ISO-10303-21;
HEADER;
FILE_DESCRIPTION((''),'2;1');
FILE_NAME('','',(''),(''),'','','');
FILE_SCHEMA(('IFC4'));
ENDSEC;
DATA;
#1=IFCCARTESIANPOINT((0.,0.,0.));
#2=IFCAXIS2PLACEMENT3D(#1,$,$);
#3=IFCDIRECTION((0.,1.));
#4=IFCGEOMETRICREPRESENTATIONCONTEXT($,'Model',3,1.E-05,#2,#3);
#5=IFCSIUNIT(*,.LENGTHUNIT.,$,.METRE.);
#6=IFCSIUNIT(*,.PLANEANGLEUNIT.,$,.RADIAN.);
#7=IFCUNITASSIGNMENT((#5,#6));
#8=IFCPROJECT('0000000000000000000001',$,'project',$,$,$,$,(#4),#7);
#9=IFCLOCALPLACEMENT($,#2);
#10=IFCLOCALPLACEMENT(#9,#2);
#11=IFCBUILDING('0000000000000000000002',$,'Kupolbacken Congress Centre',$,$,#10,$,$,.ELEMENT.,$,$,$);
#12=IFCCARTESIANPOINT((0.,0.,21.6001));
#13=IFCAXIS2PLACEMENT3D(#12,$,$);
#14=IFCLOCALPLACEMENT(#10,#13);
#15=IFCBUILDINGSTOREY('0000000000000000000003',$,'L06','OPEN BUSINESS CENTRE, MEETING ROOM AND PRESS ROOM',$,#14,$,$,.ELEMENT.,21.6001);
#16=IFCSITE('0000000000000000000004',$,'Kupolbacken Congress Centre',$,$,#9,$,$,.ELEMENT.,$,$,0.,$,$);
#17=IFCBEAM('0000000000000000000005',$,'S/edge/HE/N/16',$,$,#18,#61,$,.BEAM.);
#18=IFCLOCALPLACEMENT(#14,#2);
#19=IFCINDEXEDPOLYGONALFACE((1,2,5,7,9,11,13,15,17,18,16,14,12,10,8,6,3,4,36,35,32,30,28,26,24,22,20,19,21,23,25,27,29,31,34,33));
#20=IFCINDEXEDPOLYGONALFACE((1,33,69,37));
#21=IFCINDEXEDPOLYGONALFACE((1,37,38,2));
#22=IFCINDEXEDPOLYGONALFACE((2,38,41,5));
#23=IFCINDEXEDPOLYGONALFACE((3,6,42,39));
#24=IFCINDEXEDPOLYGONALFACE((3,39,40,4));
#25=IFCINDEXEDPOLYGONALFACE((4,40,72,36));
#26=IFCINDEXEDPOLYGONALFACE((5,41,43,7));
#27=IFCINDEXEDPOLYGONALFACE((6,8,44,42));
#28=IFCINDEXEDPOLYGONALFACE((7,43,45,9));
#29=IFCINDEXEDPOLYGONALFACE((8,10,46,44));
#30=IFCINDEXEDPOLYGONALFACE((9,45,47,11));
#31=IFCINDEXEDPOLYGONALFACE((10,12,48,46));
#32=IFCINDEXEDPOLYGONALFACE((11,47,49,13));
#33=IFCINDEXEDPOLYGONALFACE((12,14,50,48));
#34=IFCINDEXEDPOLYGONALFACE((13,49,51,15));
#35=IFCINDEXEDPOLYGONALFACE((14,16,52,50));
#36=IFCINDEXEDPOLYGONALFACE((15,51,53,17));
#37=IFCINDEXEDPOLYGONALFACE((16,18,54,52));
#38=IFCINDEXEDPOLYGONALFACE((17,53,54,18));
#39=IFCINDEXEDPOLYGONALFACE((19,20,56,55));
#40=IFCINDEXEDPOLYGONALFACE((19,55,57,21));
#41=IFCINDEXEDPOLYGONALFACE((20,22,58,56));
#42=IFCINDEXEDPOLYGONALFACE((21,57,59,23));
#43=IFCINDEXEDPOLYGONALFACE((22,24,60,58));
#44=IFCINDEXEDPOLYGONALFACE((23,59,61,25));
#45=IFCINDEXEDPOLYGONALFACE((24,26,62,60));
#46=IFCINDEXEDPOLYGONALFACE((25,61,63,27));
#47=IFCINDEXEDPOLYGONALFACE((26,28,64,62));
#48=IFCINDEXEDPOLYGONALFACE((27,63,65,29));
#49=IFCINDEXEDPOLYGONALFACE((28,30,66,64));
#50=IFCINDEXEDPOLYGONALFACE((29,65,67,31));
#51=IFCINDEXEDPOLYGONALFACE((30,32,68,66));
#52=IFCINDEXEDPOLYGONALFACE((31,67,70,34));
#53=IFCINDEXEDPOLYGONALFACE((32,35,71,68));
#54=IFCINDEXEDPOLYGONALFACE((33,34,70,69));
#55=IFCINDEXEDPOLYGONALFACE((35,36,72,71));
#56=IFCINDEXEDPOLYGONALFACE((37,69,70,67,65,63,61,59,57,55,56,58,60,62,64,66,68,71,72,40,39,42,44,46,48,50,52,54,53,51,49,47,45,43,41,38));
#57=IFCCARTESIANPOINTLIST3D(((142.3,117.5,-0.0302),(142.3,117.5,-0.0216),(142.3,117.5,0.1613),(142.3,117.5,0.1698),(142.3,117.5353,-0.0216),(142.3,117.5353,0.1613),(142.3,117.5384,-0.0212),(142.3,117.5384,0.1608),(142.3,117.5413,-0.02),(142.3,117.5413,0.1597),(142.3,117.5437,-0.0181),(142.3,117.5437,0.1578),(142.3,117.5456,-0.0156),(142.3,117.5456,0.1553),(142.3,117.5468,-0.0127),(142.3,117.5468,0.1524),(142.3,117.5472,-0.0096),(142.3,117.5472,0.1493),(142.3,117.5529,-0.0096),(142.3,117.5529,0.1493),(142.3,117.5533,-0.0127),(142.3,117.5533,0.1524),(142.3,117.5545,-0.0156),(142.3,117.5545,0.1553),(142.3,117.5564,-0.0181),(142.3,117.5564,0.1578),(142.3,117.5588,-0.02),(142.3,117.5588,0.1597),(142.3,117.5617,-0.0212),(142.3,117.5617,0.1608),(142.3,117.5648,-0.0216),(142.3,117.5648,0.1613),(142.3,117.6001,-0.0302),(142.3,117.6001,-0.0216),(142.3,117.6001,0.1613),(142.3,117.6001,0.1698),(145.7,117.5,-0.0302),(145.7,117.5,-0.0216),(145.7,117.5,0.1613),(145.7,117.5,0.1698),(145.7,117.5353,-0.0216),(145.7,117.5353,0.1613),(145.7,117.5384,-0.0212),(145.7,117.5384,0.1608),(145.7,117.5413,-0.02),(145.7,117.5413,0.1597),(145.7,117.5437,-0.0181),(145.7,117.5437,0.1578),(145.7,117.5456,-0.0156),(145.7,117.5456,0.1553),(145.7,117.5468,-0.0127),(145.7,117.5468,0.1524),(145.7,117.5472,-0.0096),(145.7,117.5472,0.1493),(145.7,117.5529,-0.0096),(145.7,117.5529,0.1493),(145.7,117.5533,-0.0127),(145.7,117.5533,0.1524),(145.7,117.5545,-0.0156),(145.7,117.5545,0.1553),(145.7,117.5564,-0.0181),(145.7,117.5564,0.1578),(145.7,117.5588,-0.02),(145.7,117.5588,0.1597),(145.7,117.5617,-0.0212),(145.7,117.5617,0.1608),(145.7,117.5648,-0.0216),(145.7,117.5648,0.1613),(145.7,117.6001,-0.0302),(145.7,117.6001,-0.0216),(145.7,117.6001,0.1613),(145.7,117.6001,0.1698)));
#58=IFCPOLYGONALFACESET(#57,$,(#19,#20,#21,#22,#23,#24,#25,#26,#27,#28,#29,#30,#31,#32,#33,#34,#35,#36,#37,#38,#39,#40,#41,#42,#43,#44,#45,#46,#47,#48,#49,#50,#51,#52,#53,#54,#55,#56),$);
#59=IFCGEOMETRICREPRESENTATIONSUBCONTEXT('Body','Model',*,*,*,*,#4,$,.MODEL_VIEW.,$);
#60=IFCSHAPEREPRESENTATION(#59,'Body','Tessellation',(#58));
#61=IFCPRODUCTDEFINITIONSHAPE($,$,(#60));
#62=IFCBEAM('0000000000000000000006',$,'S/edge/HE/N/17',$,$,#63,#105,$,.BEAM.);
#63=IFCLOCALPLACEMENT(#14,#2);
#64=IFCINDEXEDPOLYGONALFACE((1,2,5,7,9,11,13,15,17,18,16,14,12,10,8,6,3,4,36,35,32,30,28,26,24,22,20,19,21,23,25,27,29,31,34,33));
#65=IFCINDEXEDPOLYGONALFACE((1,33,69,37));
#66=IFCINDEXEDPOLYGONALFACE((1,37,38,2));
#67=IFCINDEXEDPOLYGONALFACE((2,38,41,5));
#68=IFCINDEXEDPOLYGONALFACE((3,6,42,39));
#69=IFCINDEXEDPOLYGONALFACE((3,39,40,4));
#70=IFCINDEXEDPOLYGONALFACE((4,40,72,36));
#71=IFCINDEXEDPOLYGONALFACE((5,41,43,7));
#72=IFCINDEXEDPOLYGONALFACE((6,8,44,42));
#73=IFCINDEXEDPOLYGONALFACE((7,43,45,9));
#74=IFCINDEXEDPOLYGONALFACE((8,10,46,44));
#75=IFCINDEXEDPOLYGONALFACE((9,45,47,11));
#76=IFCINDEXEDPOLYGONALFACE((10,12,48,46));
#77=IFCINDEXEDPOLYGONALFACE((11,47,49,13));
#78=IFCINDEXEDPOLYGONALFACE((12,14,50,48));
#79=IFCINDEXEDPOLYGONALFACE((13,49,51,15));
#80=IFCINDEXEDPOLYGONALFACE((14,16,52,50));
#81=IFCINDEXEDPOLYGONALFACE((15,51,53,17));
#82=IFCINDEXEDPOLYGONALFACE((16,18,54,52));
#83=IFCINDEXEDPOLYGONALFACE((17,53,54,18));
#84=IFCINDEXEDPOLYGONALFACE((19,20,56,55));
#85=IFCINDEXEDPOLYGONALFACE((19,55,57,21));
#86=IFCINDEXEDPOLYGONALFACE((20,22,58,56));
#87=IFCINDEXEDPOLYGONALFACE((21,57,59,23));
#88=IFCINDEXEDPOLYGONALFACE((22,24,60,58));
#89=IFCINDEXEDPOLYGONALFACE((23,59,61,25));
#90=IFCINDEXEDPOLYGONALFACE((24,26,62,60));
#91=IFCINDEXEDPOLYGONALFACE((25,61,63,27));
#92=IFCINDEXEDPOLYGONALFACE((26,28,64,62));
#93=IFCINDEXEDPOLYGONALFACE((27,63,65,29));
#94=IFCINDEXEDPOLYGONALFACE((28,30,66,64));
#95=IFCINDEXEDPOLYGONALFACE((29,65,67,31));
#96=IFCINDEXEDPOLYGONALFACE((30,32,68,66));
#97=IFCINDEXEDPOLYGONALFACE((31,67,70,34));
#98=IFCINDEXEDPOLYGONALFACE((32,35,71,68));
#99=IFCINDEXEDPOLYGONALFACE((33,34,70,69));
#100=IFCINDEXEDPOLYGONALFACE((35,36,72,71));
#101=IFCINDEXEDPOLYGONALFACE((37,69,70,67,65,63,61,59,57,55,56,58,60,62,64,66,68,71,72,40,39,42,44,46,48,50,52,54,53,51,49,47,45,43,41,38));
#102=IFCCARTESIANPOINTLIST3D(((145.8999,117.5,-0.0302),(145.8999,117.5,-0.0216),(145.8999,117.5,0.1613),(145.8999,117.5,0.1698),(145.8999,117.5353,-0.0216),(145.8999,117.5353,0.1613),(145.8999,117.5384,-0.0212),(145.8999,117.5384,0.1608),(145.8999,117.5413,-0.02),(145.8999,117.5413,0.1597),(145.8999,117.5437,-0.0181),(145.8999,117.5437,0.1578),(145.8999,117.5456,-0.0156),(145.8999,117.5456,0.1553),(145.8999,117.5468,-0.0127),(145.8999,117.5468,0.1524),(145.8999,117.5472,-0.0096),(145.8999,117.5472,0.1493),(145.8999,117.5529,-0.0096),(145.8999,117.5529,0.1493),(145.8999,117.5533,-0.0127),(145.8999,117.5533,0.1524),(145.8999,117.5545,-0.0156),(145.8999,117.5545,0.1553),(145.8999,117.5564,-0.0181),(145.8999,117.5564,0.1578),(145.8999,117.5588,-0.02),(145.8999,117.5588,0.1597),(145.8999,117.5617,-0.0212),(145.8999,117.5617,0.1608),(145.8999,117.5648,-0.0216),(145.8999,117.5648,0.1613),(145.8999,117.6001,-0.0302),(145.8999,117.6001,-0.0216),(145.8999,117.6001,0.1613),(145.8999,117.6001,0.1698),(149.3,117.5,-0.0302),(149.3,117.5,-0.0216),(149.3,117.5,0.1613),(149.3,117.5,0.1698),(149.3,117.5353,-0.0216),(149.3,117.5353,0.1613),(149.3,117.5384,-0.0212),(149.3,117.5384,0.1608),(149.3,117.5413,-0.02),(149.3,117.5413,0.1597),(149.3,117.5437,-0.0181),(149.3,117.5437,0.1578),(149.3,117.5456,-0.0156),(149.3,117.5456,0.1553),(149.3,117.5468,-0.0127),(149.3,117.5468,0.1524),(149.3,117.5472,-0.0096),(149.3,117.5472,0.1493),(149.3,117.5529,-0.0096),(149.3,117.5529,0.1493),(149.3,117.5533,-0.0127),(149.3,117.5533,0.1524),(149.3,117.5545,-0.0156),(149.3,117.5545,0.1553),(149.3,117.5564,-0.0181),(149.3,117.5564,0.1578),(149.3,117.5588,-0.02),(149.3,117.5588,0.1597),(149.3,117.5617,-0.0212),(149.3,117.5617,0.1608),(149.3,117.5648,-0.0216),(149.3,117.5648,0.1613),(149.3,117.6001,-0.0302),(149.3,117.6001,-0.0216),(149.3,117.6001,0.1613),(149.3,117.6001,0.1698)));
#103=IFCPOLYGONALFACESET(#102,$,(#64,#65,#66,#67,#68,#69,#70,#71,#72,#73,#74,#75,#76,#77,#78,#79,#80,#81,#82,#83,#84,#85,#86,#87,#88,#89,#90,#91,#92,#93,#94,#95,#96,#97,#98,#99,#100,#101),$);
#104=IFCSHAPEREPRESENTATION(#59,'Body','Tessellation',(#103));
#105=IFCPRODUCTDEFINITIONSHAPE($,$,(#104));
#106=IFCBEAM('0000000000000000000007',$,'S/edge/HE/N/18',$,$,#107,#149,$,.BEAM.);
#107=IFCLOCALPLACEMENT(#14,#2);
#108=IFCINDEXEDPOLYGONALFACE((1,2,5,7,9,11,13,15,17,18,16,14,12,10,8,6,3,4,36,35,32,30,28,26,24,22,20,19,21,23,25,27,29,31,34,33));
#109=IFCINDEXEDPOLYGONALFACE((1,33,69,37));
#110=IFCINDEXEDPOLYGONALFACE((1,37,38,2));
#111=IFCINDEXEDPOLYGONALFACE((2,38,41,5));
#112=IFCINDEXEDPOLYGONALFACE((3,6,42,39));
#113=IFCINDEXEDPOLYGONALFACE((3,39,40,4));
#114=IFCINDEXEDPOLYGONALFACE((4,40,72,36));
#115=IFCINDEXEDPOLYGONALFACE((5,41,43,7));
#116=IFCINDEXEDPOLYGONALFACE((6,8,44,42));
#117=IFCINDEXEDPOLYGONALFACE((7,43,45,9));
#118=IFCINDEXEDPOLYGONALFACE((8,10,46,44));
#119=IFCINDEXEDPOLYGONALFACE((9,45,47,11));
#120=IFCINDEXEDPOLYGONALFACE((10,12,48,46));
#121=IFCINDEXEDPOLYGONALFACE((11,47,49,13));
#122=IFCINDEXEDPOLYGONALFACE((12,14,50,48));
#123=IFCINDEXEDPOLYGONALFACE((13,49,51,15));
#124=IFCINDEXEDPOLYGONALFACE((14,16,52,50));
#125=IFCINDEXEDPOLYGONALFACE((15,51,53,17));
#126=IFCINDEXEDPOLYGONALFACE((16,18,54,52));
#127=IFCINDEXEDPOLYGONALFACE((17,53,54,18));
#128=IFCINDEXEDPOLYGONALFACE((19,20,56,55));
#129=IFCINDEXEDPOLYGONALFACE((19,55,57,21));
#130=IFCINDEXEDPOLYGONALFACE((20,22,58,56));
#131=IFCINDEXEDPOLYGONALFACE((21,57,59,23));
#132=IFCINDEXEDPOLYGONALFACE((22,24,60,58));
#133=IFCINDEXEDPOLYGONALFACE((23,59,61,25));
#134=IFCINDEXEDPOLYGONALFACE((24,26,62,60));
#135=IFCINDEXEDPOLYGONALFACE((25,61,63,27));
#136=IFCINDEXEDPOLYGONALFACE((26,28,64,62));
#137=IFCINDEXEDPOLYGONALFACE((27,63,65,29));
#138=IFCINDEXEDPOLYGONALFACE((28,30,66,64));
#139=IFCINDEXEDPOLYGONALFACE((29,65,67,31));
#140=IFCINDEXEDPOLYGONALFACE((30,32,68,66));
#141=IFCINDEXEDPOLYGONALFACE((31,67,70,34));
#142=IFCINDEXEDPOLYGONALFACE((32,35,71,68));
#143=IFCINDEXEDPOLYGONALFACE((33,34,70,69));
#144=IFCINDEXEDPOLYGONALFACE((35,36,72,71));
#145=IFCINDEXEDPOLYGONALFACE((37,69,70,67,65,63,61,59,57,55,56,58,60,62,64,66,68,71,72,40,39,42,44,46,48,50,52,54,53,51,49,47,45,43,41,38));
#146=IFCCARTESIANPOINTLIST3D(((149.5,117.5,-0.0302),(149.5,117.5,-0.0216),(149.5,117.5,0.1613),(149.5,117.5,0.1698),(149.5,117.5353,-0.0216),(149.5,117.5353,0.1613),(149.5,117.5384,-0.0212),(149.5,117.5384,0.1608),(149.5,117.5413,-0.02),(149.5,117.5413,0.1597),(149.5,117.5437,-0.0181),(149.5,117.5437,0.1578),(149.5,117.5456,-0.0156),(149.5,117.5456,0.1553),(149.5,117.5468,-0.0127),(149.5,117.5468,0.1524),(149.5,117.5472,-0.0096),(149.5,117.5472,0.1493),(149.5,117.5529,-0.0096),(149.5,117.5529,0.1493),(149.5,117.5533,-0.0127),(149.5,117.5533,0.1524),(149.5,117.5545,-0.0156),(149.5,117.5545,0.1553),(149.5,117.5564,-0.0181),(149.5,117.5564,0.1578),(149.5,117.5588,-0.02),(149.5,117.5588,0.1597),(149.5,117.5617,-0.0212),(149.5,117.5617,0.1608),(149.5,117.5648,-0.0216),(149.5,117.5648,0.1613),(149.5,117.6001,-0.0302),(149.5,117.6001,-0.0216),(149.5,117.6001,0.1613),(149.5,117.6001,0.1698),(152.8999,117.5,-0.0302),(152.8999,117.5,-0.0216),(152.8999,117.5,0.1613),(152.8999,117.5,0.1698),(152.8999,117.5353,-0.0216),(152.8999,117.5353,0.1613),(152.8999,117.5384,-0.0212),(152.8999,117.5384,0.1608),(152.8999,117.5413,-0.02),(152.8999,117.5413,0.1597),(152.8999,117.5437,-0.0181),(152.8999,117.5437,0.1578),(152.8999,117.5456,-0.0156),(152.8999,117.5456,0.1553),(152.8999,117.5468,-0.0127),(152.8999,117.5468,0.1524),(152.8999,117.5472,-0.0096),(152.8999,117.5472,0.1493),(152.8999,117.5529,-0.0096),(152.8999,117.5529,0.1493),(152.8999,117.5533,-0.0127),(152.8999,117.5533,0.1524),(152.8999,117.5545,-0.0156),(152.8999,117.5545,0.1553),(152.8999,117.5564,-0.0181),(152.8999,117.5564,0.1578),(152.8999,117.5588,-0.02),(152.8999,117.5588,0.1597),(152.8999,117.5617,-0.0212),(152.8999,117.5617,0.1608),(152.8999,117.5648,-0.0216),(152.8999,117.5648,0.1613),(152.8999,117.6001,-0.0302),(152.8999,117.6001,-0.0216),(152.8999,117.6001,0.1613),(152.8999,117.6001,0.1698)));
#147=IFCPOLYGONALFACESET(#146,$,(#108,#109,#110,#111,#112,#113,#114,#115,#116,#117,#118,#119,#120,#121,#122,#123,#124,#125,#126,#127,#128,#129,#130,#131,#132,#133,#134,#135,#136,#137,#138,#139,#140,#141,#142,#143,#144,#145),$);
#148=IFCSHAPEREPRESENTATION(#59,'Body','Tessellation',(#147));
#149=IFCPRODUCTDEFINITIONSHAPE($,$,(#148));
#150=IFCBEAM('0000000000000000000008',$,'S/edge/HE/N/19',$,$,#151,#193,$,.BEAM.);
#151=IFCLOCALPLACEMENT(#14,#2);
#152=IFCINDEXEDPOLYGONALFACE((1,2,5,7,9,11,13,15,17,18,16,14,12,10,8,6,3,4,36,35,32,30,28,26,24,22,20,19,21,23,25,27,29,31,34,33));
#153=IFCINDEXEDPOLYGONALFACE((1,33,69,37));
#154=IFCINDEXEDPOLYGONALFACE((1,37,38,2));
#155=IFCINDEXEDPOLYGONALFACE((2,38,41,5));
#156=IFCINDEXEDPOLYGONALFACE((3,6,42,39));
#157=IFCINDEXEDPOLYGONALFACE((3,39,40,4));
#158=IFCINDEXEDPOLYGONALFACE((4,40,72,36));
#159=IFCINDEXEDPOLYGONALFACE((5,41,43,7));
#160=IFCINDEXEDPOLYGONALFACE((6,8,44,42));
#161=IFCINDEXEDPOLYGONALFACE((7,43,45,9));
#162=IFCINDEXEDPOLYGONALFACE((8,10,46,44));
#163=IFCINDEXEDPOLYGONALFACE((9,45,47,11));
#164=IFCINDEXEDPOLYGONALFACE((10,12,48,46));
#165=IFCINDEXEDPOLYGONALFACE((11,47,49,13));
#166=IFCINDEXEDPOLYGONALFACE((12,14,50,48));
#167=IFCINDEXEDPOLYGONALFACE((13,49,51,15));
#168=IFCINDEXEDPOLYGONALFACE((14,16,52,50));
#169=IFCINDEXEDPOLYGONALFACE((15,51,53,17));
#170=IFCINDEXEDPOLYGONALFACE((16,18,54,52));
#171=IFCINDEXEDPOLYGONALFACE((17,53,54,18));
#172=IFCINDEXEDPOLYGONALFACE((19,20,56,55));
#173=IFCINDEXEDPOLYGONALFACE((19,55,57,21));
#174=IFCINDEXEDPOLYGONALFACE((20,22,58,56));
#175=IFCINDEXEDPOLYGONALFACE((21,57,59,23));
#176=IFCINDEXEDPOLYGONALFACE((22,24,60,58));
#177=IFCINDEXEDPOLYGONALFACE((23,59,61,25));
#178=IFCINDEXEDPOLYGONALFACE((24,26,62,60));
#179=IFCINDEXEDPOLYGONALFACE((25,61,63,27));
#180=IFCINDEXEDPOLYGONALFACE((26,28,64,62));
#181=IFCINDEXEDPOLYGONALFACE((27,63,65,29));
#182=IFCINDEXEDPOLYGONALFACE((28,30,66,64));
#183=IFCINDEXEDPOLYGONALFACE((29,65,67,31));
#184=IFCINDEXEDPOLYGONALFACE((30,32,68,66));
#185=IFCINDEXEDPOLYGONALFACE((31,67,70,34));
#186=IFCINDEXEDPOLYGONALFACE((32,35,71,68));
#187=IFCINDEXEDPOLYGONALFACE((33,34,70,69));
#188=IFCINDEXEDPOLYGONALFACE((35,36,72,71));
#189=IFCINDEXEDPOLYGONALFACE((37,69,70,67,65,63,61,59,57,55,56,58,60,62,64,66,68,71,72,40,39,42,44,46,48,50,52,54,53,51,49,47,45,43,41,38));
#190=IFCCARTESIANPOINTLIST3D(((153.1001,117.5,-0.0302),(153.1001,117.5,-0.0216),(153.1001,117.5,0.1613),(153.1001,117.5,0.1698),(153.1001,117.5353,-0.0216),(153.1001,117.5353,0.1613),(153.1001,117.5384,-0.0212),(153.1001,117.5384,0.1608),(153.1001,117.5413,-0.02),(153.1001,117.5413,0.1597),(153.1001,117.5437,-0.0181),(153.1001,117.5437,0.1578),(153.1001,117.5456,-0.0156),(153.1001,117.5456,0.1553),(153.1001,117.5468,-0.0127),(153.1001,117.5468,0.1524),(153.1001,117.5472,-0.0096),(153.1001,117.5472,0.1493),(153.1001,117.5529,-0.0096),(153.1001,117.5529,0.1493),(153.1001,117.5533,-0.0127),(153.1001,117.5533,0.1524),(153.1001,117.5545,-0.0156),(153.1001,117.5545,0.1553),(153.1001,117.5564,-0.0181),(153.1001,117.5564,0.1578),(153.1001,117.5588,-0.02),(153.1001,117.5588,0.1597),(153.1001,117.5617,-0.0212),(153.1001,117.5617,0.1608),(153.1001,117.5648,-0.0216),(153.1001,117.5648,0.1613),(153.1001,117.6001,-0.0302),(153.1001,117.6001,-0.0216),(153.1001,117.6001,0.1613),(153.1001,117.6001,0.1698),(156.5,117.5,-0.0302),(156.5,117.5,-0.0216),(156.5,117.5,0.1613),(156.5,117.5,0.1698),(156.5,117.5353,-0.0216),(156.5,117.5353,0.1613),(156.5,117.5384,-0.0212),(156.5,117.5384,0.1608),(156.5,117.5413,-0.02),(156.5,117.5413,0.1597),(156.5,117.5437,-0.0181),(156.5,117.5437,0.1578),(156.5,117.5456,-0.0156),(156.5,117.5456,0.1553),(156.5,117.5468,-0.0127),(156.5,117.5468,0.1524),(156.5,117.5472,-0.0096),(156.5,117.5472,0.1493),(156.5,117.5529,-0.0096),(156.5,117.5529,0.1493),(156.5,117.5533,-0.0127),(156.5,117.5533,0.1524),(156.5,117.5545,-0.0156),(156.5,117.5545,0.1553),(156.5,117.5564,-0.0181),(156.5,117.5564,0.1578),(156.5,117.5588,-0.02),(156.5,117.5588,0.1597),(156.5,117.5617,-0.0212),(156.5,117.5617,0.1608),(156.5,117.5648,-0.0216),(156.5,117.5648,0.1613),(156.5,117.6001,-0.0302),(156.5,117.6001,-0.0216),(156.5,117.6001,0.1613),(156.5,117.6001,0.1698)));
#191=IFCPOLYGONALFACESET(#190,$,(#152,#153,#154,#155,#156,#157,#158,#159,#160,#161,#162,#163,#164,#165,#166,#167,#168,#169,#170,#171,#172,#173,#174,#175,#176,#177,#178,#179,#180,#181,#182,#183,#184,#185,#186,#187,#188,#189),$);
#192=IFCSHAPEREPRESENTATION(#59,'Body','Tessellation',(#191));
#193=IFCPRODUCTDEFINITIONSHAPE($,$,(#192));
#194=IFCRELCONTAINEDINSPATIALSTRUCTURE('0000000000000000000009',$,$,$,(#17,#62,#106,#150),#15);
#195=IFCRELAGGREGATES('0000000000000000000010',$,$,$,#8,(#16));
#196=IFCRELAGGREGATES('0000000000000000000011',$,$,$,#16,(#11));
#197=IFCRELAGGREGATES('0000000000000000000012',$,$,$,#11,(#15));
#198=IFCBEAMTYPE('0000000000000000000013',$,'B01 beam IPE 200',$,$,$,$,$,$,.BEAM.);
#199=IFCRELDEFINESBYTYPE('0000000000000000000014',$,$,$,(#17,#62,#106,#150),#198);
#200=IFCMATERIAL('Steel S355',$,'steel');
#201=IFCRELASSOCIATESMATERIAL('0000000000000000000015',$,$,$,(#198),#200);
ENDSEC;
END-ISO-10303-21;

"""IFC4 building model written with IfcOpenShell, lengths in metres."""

from ifc_helpers import new_model, si_unit, direction, frame, origin, origin_2d, place, context, subcontext, project, spatial, i_section, extrude, material, material_profile, profile_set, type_object, element, save


model = new_model("IFC4")

# Units and contexts
model_context = context("Model", 3, precision=1e-05, world=origin(), true_north=direction((0.0, 1.0)))
body_context = subcontext(model_context, "Body", "Model", "MODEL_VIEW")
ifc_project = project(units=[si_unit("LENGTHUNIT", "METRE"), si_unit("PLANEANGLEUNIT", "RADIAN")], contexts=[model_context])

# Site, building, storey
site_placement = place(None, origin())
site = spatial("IfcSite", under=ifc_project, at=site_placement, Name="Kupolbacken Congress Centre", CompositionType="ELEMENT", RefElevation=0.0)
building_placement = place(site_placement, origin())
building = spatial("IfcBuilding", under=site, at=building_placement, Name="Kupolbacken Congress Centre", CompositionType="ELEMENT")
storey_placement = place(building_placement, frame((0.0, 0.0, 21.6001)))
storey = spatial("IfcBuildingStorey", under=building, at=storey_placement, Name="L06", Description="OPEN BUSINESS CENTRE, MEETING ROOM AND PRESS ROOM", CompositionType="ELEMENT", Elevation=21.6001)

# Beams
ifc_material_1 = material(Name="Steel S355", Category="steel")
ifc_material_profile_1 = material_profile(ifc_material_1, i_section(OverallWidth=0.1001, OverallDepth=0.2, WebThickness=0.0056, FlangeThickness=0.0085, FilletRadius=0.012, at=origin_2d()), Name="IPE 200")
ifc_profile_set_1 = profile_set([ifc_material_profile_1], Name="Steel S355")
beam_type_1 = type_object("IfcBeamType", Name="B01 beam IPE 200", PredefinedType="BEAM", material=ifc_profile_set_1)
beam_1_placement = place(storey_placement, frame((142.3, 117.55, 0.0698), z_axis=(1.0, 0.0, 0.0), x_axis=(0.0, 1.0, 0.0)))
element("IfcBeam", 1, at=beam_1_placement, inside=storey, type_object=beam_type_1, Name="S/edge/HE/N/16", PredefinedType="BEAM", context=body_context, shape_type="SweptSolid", body=[
    extrude(i_section(OverallWidth=0.1001, OverallDepth=0.2, WebThickness=0.0056, FlangeThickness=0.0085, FilletRadius=0.012, at=origin_2d()), origin(), (0.0, 0.0, 1.0), 3.3999),
])
beam_2_placement = place(storey_placement, frame((145.8999, 117.55, 0.0698), z_axis=(1.0, 0.0, 0.0), x_axis=(0.0, 1.0, 0.0)))
element("IfcBeam", 2, at=beam_2_placement, inside=storey, type_object=beam_type_1, Name="S/edge/HE/N/17", PredefinedType="BEAM", context=body_context, shape_type="SweptSolid", body=[
    extrude(i_section(OverallWidth=0.1001, OverallDepth=0.2, WebThickness=0.0056, FlangeThickness=0.0085, FilletRadius=0.012, at=origin_2d()), origin(), (0.0, 0.0, 1.0), 3.4001),
])
for number, where, z_axis, x_axis, name in (
    (3, (149.5, 117.55, 0.0698), (1.0, 0.0, 0.0), (0.0, 1.0, 0.0), "S/edge/HE/N/18"),
    (4, (153.1001, 117.55, 0.0698), (1.0, 0.0, 0.0), (0.0, 1.0, 0.0), "S/edge/HE/N/19"),
):
    element("IfcBeam", number, at=place(storey_placement, frame(where, z_axis=z_axis, x_axis=x_axis)), inside=storey, type_object=beam_type_1, Name=name, PredefinedType="BEAM", context=body_context, shape_type="SweptSolid", body=[
        extrude(i_section(OverallWidth=0.1001, OverallDepth=0.2, WebThickness=0.0056, FlangeThickness=0.0085, FilletRadius=0.012, at=origin_2d()), origin(), (0.0, 0.0, 1.0), 3.3999),
    ])

save(model, "model.ifc")
